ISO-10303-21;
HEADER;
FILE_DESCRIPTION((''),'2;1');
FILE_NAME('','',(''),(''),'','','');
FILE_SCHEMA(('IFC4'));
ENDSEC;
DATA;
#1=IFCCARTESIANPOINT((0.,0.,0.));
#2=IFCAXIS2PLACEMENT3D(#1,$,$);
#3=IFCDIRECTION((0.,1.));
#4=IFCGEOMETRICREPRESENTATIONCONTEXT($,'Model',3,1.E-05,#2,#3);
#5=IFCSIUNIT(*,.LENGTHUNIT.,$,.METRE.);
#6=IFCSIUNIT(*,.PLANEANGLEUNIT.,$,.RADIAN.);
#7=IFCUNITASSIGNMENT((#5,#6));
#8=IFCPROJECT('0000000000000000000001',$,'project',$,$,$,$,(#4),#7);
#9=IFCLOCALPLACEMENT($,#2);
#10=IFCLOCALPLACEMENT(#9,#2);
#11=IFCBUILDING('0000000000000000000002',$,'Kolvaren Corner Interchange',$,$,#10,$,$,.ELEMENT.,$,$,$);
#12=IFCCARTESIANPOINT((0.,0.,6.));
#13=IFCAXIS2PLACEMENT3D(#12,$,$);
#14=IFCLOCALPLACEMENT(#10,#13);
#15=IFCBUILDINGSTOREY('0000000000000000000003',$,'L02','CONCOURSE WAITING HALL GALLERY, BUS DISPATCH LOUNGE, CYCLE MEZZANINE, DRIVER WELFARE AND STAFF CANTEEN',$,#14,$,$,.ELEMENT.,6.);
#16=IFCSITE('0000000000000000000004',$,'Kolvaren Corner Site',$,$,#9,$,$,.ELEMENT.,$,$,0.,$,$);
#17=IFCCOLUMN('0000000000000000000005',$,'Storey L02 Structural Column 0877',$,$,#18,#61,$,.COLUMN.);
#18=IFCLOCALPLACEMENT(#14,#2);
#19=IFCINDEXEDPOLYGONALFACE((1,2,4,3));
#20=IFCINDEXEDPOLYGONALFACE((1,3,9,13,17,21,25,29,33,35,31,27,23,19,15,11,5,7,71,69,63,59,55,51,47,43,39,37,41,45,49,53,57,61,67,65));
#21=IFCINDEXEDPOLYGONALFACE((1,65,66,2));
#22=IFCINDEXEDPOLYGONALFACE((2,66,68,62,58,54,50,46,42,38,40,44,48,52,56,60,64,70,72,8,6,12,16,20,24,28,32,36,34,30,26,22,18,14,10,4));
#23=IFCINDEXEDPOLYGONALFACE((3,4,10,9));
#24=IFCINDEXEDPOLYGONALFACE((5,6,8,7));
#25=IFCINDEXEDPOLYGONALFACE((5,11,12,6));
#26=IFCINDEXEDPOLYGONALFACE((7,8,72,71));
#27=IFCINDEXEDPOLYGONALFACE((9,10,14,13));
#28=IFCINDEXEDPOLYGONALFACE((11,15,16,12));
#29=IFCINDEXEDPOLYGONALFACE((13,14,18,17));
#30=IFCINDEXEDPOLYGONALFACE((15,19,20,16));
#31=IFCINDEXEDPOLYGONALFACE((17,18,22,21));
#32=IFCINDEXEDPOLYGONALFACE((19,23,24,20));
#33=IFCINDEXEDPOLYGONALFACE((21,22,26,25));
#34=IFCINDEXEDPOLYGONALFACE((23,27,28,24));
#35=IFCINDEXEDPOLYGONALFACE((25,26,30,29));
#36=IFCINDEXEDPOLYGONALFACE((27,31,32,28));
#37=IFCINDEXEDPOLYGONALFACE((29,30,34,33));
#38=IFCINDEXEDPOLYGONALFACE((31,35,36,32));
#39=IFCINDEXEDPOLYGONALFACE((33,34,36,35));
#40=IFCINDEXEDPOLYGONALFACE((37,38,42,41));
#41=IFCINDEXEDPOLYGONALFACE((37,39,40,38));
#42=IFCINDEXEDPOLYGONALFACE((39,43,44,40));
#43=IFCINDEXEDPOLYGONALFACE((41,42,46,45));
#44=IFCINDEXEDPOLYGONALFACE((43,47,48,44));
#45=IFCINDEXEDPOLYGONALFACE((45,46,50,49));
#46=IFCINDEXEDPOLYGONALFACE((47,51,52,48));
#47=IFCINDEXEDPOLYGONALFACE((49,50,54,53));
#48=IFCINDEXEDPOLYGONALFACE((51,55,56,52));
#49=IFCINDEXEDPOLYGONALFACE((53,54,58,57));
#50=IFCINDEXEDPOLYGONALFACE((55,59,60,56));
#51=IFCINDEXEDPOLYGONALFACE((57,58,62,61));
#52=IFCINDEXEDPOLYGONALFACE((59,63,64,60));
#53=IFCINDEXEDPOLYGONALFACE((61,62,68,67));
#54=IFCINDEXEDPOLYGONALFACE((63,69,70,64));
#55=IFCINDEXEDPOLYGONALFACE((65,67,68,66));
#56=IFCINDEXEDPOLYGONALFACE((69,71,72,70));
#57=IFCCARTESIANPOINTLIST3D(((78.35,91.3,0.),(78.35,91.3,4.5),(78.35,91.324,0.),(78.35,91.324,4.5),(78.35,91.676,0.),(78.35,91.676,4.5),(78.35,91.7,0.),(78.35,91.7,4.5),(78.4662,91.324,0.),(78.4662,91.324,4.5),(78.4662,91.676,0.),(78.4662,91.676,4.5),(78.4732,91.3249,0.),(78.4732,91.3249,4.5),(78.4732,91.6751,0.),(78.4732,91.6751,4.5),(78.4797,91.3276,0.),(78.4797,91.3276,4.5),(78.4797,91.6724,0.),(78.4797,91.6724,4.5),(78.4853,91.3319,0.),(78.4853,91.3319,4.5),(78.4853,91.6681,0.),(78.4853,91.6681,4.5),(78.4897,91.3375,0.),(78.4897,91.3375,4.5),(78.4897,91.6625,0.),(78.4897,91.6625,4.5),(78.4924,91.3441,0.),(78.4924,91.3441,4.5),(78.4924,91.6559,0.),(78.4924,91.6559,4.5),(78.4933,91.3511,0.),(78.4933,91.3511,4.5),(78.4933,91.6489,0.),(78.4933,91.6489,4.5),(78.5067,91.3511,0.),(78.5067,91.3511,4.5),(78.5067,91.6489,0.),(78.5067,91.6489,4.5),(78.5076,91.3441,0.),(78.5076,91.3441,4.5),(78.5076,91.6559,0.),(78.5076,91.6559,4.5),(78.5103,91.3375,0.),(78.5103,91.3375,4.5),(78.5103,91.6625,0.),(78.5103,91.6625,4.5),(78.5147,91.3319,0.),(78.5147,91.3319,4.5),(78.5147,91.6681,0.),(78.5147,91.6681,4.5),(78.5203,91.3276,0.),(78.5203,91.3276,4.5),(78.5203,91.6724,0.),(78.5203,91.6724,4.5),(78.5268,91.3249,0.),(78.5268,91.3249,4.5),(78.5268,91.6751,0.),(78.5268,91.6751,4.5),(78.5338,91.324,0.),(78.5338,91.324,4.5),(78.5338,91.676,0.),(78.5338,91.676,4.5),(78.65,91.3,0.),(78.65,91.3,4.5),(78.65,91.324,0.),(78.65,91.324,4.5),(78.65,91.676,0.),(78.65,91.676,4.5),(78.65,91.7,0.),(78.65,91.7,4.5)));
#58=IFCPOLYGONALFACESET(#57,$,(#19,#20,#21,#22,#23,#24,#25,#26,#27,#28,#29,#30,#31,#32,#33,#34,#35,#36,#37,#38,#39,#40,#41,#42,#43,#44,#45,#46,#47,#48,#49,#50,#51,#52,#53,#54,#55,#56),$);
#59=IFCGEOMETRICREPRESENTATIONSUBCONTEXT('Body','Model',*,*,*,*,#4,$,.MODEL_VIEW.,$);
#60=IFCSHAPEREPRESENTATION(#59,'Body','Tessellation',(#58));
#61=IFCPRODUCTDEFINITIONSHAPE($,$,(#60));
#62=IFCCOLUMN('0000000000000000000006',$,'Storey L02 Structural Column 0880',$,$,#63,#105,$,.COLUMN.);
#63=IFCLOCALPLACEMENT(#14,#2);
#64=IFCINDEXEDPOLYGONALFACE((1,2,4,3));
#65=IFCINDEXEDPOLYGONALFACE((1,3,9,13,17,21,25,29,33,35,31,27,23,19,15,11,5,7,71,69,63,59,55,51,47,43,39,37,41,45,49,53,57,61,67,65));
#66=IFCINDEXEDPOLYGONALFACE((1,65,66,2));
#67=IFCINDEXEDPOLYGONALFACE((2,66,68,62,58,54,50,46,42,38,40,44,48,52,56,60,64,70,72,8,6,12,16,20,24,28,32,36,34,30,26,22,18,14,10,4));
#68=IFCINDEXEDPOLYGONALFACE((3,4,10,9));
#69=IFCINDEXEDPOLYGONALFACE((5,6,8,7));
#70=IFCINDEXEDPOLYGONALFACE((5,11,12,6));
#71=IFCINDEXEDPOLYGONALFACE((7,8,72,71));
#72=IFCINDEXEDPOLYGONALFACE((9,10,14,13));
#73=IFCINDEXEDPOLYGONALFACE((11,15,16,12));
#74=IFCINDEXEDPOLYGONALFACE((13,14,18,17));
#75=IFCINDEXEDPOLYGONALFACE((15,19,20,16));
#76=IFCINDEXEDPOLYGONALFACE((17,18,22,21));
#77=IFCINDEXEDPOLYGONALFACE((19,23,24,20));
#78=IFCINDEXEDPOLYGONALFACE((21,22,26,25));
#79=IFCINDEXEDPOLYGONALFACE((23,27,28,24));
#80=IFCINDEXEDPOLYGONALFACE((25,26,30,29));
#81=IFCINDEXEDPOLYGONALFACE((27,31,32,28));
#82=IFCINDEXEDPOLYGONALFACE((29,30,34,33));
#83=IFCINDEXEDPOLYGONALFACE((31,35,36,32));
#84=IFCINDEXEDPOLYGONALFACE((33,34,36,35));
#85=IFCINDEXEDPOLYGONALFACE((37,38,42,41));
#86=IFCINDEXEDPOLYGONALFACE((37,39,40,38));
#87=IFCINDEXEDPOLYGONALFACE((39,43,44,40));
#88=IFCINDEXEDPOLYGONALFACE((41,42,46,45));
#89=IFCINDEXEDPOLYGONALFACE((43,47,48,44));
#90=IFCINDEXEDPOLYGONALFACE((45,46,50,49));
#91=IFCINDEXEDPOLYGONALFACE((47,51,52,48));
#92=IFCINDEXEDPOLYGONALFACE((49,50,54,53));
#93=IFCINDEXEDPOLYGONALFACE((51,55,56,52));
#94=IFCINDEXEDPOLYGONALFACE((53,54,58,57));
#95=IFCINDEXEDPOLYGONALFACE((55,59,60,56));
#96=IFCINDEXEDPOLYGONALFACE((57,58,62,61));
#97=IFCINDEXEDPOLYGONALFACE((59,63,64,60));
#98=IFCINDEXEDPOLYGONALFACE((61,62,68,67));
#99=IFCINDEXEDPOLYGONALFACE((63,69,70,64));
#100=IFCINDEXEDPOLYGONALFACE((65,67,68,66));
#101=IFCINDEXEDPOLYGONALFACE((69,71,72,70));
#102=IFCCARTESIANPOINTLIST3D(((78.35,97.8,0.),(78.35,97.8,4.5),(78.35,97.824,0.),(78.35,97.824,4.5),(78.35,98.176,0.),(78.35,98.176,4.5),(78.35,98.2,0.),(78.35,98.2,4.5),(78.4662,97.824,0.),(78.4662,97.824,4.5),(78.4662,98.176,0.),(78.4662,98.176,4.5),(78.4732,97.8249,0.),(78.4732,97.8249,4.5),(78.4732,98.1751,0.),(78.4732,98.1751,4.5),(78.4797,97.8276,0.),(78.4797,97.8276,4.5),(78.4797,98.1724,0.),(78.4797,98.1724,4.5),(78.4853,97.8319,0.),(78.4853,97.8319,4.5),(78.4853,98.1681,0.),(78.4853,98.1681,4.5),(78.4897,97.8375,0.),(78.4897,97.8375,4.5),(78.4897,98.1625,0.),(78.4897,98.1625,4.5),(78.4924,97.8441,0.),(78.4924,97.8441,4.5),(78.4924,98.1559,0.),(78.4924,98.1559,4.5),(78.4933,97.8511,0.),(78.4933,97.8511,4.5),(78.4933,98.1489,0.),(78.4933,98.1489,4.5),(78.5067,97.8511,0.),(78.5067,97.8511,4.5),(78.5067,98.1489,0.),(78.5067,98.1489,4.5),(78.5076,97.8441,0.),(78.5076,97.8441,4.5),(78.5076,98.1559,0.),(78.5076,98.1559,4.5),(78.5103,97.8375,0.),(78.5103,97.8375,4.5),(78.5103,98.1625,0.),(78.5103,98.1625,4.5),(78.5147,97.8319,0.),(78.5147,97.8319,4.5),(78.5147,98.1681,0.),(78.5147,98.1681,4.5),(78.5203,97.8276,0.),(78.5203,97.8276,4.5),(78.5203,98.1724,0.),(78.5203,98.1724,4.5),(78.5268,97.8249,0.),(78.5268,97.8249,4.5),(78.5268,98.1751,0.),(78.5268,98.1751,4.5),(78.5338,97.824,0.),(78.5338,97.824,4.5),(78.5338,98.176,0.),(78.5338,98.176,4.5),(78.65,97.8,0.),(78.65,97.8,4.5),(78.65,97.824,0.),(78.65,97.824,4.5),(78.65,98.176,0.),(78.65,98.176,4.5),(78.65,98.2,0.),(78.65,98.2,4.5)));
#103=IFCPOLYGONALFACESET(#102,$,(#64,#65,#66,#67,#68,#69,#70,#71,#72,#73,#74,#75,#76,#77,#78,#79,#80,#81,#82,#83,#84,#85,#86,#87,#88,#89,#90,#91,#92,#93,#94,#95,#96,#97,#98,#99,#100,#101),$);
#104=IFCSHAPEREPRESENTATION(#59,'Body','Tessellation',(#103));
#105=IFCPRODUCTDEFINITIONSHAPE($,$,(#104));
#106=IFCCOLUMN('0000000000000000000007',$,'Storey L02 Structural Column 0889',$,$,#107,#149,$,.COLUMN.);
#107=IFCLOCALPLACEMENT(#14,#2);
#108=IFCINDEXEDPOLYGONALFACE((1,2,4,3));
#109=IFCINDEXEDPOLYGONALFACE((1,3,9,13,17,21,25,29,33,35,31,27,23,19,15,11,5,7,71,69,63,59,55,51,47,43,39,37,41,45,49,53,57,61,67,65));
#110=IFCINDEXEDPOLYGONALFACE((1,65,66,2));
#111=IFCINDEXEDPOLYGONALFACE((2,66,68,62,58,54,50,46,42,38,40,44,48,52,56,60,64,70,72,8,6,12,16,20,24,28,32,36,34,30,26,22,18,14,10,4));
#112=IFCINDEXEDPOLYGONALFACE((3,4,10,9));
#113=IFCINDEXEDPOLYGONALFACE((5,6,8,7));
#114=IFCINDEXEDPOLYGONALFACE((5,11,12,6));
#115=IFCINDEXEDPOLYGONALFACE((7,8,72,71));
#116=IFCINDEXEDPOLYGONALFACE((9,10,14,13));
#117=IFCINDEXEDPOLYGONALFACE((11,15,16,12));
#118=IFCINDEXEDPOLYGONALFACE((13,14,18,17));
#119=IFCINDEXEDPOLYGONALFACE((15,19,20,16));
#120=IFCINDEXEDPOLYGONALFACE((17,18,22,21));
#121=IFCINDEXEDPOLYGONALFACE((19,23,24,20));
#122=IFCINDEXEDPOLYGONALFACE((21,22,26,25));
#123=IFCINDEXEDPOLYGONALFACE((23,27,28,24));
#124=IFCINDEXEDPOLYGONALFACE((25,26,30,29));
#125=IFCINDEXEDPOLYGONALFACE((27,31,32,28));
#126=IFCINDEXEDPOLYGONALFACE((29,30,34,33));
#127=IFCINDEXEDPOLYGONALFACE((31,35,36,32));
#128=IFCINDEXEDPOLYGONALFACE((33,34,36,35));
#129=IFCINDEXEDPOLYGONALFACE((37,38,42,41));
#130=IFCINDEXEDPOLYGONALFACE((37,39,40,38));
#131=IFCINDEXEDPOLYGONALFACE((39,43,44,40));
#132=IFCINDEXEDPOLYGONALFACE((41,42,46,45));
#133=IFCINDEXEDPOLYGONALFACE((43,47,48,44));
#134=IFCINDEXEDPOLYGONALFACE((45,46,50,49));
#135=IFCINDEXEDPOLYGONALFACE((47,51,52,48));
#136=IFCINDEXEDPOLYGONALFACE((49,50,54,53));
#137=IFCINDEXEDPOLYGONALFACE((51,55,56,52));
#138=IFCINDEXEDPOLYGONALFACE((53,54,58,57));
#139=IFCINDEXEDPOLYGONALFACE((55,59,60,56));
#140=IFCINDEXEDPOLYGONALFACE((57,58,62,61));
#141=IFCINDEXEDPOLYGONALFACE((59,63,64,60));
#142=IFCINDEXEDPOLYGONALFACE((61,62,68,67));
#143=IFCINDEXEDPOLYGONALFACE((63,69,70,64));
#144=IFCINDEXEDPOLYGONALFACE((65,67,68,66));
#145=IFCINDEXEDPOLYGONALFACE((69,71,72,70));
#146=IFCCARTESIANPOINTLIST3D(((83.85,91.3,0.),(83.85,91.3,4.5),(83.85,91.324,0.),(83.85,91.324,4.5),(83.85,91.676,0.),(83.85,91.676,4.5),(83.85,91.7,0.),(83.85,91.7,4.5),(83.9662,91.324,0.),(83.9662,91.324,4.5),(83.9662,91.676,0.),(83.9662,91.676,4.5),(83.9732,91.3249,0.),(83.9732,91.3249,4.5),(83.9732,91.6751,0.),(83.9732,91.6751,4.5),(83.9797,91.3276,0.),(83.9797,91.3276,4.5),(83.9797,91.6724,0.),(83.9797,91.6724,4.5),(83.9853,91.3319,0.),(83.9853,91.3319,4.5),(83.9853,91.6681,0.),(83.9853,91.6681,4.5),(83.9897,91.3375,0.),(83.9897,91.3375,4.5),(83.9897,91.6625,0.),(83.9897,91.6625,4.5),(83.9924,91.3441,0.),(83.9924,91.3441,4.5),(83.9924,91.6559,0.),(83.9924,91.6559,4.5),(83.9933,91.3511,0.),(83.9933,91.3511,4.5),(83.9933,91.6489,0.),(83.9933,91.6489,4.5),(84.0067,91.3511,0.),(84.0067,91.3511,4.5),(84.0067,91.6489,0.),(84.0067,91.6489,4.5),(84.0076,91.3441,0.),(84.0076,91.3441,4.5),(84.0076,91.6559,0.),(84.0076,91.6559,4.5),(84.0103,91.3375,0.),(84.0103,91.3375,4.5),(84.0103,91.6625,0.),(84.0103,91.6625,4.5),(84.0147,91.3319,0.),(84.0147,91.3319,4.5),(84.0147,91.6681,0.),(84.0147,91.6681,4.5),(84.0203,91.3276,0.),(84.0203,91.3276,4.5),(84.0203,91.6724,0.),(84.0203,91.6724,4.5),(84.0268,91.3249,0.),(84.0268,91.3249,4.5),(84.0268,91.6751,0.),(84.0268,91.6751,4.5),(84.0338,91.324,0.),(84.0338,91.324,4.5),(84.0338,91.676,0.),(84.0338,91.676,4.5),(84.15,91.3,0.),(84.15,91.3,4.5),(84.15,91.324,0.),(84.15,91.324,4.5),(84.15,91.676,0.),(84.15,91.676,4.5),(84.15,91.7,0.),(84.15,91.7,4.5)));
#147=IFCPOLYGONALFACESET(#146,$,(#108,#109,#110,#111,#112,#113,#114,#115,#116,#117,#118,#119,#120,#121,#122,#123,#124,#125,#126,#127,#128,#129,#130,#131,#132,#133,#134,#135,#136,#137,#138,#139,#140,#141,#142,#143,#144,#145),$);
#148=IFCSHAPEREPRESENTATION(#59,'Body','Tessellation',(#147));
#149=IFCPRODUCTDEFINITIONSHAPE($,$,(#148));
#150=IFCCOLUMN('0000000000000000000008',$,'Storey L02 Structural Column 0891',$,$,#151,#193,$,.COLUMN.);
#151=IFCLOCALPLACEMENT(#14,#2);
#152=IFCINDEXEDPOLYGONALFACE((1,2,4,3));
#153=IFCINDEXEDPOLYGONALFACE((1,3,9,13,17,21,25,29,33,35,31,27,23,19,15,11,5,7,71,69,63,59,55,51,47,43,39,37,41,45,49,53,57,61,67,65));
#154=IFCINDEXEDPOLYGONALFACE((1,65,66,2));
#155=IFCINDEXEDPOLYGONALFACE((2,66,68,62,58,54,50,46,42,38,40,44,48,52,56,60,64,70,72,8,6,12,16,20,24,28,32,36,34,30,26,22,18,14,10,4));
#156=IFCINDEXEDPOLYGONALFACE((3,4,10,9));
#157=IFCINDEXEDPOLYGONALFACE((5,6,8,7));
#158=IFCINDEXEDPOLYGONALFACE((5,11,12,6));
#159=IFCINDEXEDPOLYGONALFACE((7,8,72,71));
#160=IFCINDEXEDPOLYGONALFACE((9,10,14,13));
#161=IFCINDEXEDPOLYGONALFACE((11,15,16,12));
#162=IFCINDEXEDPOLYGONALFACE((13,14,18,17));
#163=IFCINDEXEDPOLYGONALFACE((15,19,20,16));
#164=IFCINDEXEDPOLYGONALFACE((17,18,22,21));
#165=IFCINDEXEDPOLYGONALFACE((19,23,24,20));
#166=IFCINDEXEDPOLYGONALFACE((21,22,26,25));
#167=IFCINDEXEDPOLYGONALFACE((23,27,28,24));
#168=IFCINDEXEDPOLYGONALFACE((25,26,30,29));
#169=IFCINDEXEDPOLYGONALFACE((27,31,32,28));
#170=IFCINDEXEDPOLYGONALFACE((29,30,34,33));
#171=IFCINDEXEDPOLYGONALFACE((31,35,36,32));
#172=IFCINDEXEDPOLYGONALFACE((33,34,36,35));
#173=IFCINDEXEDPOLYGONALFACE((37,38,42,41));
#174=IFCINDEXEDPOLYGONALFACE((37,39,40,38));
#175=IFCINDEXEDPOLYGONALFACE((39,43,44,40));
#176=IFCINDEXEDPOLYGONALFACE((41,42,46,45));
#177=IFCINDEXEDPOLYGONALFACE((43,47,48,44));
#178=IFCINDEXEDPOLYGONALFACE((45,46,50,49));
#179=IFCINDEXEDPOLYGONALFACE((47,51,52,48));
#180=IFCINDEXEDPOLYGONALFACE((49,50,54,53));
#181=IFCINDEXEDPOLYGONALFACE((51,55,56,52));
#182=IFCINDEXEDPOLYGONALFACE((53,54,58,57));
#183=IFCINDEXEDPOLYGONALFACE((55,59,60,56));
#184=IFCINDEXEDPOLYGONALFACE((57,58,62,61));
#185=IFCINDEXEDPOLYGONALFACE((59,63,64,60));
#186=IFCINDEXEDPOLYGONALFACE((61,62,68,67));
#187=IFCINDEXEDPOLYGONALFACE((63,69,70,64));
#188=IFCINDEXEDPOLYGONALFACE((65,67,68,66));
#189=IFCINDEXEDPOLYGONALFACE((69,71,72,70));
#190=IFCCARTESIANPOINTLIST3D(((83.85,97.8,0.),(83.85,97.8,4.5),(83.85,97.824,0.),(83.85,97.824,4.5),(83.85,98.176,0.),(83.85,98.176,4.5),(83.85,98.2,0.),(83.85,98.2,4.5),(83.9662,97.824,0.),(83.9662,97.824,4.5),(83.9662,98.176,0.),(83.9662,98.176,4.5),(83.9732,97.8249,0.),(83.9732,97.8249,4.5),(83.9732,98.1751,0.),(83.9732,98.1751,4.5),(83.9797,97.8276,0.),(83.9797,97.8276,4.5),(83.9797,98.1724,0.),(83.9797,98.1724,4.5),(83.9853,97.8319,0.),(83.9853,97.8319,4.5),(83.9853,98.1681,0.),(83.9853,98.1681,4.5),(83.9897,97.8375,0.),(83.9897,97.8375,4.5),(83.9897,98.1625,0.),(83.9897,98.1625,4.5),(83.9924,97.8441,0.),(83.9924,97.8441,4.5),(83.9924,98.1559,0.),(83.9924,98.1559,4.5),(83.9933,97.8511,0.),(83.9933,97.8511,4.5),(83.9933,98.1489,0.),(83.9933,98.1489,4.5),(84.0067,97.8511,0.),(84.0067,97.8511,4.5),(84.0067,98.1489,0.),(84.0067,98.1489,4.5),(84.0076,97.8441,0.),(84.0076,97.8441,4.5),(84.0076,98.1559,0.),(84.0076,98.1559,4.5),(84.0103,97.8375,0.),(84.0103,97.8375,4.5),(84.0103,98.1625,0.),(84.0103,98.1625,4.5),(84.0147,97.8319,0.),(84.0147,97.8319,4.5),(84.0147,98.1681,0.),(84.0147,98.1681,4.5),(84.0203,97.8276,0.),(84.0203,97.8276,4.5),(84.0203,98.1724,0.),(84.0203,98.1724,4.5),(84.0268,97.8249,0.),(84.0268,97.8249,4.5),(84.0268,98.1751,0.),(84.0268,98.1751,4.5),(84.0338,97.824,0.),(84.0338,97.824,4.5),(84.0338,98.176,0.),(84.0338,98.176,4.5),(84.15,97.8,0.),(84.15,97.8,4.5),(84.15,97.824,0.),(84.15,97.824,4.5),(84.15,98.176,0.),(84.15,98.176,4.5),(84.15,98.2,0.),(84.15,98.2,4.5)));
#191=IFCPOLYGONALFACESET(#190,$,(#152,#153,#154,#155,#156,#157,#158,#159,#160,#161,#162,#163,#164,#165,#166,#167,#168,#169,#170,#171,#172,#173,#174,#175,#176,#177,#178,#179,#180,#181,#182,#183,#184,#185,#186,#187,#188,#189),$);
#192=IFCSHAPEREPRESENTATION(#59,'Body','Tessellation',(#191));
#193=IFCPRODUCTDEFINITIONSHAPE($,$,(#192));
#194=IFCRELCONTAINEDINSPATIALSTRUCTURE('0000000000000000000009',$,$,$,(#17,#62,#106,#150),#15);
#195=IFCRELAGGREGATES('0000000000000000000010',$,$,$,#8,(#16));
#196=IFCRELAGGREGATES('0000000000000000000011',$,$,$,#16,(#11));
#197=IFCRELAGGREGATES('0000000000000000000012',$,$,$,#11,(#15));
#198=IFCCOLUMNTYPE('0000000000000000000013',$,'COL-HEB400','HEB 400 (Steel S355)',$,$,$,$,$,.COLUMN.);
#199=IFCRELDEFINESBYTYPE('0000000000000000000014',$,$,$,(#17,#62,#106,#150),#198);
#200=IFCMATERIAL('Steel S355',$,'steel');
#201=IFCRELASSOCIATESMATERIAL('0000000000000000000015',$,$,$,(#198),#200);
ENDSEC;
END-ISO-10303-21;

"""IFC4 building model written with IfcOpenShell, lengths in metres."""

from ifc_helpers import new_model, si_unit, direction, frame, origin, origin_2d, place, context, subcontext, project, spatial, i_section, extrude, material, material_profile, profile_set, type_object, element, save


model = new_model("IFC4")

# Units and contexts
model_context = context("Model", 3, precision=1e-05, world=origin(), true_north=direction((0.0, 1.0)))
body_context = subcontext(model_context, "Body", "Model", "MODEL_VIEW")
ifc_project = project(units=[si_unit("LENGTHUNIT", "METRE"), si_unit("PLANEANGLEUNIT", "RADIAN")], contexts=[model_context])

# Site, building, storey
site_placement = place(None, origin())
site = spatial("IfcSite", under=ifc_project, at=site_placement, Name="Kolvaren Corner Site", CompositionType="ELEMENT", RefElevation=0.0)
building_placement = place(site_placement, origin())
building = spatial("IfcBuilding", under=site, at=building_placement, Name="Kolvaren Corner Interchange", CompositionType="ELEMENT")
storey_placement = place(building_placement, frame((0.0, 0.0, 6.0)))
storey = spatial("IfcBuildingStorey", under=building, at=storey_placement, Name="L02", Description="CONCOURSE WAITING HALL GALLERY, BUS DISPATCH LOUNGE, CYCLE MEZZANINE, DRIVER WELFARE AND STAFF CANTEEN", CompositionType="ELEMENT", Elevation=6.0)

# Columns
ifc_material_1 = material(Name="Steel S355", Category="steel")
ifc_material_profile_1 = material_profile(ifc_material_1, i_section(OverallWidth=0.3, OverallDepth=0.3999, WebThickness=0.0134, FlangeThickness=0.0239, FilletRadius=0.0271, at=origin_2d()), Name="HEB 400")
ifc_profile_set_1 = profile_set([ifc_material_profile_1], Name="Steel S355")
column_type = type_object("IfcColumnType", Name="COL-HEB400", Description="HEB 400 (Steel S355)", PredefinedType="COLUMN", material=ifc_profile_set_1)
for number, where, z_axis, x_axis, name in (
    (1, (78.5, 91.5, 0.0), (0.0, 0.0, 1.0), (1.0, 0.0, 0.0), "Storey L02 Structural Column 0877"),
    (2, (78.5, 98.0, 0.0), (0.0, 0.0, 1.0), (1.0, 0.0, 0.0), "Storey L02 Structural Column 0880"),
    (3, (84.0, 91.5, 0.0), (0.0, 0.0, 1.0), (1.0, 0.0, 0.0), "Storey L02 Structural Column 0889"),
    (4, (84.0, 98.0, 0.0), (0.0, 0.0, 1.0), (1.0, 0.0, 0.0), "Storey L02 Structural Column 0891"),
):
    element("IfcColumn", number, at=place(storey_placement, frame(where, z_axis=z_axis, x_axis=x_axis)), inside=storey, type_object=column_type, Name=name, PredefinedType="COLUMN", context=body_context, shape_type="SweptSolid", body=[
        extrude(i_section(OverallWidth=0.3, OverallDepth=0.3999, WebThickness=0.0134, FlangeThickness=0.0239, FilletRadius=0.0271, at=origin_2d()), origin(), (0.0, 0.0, 1.0), 4.5),
    ])

save(model, "model.ifc")
